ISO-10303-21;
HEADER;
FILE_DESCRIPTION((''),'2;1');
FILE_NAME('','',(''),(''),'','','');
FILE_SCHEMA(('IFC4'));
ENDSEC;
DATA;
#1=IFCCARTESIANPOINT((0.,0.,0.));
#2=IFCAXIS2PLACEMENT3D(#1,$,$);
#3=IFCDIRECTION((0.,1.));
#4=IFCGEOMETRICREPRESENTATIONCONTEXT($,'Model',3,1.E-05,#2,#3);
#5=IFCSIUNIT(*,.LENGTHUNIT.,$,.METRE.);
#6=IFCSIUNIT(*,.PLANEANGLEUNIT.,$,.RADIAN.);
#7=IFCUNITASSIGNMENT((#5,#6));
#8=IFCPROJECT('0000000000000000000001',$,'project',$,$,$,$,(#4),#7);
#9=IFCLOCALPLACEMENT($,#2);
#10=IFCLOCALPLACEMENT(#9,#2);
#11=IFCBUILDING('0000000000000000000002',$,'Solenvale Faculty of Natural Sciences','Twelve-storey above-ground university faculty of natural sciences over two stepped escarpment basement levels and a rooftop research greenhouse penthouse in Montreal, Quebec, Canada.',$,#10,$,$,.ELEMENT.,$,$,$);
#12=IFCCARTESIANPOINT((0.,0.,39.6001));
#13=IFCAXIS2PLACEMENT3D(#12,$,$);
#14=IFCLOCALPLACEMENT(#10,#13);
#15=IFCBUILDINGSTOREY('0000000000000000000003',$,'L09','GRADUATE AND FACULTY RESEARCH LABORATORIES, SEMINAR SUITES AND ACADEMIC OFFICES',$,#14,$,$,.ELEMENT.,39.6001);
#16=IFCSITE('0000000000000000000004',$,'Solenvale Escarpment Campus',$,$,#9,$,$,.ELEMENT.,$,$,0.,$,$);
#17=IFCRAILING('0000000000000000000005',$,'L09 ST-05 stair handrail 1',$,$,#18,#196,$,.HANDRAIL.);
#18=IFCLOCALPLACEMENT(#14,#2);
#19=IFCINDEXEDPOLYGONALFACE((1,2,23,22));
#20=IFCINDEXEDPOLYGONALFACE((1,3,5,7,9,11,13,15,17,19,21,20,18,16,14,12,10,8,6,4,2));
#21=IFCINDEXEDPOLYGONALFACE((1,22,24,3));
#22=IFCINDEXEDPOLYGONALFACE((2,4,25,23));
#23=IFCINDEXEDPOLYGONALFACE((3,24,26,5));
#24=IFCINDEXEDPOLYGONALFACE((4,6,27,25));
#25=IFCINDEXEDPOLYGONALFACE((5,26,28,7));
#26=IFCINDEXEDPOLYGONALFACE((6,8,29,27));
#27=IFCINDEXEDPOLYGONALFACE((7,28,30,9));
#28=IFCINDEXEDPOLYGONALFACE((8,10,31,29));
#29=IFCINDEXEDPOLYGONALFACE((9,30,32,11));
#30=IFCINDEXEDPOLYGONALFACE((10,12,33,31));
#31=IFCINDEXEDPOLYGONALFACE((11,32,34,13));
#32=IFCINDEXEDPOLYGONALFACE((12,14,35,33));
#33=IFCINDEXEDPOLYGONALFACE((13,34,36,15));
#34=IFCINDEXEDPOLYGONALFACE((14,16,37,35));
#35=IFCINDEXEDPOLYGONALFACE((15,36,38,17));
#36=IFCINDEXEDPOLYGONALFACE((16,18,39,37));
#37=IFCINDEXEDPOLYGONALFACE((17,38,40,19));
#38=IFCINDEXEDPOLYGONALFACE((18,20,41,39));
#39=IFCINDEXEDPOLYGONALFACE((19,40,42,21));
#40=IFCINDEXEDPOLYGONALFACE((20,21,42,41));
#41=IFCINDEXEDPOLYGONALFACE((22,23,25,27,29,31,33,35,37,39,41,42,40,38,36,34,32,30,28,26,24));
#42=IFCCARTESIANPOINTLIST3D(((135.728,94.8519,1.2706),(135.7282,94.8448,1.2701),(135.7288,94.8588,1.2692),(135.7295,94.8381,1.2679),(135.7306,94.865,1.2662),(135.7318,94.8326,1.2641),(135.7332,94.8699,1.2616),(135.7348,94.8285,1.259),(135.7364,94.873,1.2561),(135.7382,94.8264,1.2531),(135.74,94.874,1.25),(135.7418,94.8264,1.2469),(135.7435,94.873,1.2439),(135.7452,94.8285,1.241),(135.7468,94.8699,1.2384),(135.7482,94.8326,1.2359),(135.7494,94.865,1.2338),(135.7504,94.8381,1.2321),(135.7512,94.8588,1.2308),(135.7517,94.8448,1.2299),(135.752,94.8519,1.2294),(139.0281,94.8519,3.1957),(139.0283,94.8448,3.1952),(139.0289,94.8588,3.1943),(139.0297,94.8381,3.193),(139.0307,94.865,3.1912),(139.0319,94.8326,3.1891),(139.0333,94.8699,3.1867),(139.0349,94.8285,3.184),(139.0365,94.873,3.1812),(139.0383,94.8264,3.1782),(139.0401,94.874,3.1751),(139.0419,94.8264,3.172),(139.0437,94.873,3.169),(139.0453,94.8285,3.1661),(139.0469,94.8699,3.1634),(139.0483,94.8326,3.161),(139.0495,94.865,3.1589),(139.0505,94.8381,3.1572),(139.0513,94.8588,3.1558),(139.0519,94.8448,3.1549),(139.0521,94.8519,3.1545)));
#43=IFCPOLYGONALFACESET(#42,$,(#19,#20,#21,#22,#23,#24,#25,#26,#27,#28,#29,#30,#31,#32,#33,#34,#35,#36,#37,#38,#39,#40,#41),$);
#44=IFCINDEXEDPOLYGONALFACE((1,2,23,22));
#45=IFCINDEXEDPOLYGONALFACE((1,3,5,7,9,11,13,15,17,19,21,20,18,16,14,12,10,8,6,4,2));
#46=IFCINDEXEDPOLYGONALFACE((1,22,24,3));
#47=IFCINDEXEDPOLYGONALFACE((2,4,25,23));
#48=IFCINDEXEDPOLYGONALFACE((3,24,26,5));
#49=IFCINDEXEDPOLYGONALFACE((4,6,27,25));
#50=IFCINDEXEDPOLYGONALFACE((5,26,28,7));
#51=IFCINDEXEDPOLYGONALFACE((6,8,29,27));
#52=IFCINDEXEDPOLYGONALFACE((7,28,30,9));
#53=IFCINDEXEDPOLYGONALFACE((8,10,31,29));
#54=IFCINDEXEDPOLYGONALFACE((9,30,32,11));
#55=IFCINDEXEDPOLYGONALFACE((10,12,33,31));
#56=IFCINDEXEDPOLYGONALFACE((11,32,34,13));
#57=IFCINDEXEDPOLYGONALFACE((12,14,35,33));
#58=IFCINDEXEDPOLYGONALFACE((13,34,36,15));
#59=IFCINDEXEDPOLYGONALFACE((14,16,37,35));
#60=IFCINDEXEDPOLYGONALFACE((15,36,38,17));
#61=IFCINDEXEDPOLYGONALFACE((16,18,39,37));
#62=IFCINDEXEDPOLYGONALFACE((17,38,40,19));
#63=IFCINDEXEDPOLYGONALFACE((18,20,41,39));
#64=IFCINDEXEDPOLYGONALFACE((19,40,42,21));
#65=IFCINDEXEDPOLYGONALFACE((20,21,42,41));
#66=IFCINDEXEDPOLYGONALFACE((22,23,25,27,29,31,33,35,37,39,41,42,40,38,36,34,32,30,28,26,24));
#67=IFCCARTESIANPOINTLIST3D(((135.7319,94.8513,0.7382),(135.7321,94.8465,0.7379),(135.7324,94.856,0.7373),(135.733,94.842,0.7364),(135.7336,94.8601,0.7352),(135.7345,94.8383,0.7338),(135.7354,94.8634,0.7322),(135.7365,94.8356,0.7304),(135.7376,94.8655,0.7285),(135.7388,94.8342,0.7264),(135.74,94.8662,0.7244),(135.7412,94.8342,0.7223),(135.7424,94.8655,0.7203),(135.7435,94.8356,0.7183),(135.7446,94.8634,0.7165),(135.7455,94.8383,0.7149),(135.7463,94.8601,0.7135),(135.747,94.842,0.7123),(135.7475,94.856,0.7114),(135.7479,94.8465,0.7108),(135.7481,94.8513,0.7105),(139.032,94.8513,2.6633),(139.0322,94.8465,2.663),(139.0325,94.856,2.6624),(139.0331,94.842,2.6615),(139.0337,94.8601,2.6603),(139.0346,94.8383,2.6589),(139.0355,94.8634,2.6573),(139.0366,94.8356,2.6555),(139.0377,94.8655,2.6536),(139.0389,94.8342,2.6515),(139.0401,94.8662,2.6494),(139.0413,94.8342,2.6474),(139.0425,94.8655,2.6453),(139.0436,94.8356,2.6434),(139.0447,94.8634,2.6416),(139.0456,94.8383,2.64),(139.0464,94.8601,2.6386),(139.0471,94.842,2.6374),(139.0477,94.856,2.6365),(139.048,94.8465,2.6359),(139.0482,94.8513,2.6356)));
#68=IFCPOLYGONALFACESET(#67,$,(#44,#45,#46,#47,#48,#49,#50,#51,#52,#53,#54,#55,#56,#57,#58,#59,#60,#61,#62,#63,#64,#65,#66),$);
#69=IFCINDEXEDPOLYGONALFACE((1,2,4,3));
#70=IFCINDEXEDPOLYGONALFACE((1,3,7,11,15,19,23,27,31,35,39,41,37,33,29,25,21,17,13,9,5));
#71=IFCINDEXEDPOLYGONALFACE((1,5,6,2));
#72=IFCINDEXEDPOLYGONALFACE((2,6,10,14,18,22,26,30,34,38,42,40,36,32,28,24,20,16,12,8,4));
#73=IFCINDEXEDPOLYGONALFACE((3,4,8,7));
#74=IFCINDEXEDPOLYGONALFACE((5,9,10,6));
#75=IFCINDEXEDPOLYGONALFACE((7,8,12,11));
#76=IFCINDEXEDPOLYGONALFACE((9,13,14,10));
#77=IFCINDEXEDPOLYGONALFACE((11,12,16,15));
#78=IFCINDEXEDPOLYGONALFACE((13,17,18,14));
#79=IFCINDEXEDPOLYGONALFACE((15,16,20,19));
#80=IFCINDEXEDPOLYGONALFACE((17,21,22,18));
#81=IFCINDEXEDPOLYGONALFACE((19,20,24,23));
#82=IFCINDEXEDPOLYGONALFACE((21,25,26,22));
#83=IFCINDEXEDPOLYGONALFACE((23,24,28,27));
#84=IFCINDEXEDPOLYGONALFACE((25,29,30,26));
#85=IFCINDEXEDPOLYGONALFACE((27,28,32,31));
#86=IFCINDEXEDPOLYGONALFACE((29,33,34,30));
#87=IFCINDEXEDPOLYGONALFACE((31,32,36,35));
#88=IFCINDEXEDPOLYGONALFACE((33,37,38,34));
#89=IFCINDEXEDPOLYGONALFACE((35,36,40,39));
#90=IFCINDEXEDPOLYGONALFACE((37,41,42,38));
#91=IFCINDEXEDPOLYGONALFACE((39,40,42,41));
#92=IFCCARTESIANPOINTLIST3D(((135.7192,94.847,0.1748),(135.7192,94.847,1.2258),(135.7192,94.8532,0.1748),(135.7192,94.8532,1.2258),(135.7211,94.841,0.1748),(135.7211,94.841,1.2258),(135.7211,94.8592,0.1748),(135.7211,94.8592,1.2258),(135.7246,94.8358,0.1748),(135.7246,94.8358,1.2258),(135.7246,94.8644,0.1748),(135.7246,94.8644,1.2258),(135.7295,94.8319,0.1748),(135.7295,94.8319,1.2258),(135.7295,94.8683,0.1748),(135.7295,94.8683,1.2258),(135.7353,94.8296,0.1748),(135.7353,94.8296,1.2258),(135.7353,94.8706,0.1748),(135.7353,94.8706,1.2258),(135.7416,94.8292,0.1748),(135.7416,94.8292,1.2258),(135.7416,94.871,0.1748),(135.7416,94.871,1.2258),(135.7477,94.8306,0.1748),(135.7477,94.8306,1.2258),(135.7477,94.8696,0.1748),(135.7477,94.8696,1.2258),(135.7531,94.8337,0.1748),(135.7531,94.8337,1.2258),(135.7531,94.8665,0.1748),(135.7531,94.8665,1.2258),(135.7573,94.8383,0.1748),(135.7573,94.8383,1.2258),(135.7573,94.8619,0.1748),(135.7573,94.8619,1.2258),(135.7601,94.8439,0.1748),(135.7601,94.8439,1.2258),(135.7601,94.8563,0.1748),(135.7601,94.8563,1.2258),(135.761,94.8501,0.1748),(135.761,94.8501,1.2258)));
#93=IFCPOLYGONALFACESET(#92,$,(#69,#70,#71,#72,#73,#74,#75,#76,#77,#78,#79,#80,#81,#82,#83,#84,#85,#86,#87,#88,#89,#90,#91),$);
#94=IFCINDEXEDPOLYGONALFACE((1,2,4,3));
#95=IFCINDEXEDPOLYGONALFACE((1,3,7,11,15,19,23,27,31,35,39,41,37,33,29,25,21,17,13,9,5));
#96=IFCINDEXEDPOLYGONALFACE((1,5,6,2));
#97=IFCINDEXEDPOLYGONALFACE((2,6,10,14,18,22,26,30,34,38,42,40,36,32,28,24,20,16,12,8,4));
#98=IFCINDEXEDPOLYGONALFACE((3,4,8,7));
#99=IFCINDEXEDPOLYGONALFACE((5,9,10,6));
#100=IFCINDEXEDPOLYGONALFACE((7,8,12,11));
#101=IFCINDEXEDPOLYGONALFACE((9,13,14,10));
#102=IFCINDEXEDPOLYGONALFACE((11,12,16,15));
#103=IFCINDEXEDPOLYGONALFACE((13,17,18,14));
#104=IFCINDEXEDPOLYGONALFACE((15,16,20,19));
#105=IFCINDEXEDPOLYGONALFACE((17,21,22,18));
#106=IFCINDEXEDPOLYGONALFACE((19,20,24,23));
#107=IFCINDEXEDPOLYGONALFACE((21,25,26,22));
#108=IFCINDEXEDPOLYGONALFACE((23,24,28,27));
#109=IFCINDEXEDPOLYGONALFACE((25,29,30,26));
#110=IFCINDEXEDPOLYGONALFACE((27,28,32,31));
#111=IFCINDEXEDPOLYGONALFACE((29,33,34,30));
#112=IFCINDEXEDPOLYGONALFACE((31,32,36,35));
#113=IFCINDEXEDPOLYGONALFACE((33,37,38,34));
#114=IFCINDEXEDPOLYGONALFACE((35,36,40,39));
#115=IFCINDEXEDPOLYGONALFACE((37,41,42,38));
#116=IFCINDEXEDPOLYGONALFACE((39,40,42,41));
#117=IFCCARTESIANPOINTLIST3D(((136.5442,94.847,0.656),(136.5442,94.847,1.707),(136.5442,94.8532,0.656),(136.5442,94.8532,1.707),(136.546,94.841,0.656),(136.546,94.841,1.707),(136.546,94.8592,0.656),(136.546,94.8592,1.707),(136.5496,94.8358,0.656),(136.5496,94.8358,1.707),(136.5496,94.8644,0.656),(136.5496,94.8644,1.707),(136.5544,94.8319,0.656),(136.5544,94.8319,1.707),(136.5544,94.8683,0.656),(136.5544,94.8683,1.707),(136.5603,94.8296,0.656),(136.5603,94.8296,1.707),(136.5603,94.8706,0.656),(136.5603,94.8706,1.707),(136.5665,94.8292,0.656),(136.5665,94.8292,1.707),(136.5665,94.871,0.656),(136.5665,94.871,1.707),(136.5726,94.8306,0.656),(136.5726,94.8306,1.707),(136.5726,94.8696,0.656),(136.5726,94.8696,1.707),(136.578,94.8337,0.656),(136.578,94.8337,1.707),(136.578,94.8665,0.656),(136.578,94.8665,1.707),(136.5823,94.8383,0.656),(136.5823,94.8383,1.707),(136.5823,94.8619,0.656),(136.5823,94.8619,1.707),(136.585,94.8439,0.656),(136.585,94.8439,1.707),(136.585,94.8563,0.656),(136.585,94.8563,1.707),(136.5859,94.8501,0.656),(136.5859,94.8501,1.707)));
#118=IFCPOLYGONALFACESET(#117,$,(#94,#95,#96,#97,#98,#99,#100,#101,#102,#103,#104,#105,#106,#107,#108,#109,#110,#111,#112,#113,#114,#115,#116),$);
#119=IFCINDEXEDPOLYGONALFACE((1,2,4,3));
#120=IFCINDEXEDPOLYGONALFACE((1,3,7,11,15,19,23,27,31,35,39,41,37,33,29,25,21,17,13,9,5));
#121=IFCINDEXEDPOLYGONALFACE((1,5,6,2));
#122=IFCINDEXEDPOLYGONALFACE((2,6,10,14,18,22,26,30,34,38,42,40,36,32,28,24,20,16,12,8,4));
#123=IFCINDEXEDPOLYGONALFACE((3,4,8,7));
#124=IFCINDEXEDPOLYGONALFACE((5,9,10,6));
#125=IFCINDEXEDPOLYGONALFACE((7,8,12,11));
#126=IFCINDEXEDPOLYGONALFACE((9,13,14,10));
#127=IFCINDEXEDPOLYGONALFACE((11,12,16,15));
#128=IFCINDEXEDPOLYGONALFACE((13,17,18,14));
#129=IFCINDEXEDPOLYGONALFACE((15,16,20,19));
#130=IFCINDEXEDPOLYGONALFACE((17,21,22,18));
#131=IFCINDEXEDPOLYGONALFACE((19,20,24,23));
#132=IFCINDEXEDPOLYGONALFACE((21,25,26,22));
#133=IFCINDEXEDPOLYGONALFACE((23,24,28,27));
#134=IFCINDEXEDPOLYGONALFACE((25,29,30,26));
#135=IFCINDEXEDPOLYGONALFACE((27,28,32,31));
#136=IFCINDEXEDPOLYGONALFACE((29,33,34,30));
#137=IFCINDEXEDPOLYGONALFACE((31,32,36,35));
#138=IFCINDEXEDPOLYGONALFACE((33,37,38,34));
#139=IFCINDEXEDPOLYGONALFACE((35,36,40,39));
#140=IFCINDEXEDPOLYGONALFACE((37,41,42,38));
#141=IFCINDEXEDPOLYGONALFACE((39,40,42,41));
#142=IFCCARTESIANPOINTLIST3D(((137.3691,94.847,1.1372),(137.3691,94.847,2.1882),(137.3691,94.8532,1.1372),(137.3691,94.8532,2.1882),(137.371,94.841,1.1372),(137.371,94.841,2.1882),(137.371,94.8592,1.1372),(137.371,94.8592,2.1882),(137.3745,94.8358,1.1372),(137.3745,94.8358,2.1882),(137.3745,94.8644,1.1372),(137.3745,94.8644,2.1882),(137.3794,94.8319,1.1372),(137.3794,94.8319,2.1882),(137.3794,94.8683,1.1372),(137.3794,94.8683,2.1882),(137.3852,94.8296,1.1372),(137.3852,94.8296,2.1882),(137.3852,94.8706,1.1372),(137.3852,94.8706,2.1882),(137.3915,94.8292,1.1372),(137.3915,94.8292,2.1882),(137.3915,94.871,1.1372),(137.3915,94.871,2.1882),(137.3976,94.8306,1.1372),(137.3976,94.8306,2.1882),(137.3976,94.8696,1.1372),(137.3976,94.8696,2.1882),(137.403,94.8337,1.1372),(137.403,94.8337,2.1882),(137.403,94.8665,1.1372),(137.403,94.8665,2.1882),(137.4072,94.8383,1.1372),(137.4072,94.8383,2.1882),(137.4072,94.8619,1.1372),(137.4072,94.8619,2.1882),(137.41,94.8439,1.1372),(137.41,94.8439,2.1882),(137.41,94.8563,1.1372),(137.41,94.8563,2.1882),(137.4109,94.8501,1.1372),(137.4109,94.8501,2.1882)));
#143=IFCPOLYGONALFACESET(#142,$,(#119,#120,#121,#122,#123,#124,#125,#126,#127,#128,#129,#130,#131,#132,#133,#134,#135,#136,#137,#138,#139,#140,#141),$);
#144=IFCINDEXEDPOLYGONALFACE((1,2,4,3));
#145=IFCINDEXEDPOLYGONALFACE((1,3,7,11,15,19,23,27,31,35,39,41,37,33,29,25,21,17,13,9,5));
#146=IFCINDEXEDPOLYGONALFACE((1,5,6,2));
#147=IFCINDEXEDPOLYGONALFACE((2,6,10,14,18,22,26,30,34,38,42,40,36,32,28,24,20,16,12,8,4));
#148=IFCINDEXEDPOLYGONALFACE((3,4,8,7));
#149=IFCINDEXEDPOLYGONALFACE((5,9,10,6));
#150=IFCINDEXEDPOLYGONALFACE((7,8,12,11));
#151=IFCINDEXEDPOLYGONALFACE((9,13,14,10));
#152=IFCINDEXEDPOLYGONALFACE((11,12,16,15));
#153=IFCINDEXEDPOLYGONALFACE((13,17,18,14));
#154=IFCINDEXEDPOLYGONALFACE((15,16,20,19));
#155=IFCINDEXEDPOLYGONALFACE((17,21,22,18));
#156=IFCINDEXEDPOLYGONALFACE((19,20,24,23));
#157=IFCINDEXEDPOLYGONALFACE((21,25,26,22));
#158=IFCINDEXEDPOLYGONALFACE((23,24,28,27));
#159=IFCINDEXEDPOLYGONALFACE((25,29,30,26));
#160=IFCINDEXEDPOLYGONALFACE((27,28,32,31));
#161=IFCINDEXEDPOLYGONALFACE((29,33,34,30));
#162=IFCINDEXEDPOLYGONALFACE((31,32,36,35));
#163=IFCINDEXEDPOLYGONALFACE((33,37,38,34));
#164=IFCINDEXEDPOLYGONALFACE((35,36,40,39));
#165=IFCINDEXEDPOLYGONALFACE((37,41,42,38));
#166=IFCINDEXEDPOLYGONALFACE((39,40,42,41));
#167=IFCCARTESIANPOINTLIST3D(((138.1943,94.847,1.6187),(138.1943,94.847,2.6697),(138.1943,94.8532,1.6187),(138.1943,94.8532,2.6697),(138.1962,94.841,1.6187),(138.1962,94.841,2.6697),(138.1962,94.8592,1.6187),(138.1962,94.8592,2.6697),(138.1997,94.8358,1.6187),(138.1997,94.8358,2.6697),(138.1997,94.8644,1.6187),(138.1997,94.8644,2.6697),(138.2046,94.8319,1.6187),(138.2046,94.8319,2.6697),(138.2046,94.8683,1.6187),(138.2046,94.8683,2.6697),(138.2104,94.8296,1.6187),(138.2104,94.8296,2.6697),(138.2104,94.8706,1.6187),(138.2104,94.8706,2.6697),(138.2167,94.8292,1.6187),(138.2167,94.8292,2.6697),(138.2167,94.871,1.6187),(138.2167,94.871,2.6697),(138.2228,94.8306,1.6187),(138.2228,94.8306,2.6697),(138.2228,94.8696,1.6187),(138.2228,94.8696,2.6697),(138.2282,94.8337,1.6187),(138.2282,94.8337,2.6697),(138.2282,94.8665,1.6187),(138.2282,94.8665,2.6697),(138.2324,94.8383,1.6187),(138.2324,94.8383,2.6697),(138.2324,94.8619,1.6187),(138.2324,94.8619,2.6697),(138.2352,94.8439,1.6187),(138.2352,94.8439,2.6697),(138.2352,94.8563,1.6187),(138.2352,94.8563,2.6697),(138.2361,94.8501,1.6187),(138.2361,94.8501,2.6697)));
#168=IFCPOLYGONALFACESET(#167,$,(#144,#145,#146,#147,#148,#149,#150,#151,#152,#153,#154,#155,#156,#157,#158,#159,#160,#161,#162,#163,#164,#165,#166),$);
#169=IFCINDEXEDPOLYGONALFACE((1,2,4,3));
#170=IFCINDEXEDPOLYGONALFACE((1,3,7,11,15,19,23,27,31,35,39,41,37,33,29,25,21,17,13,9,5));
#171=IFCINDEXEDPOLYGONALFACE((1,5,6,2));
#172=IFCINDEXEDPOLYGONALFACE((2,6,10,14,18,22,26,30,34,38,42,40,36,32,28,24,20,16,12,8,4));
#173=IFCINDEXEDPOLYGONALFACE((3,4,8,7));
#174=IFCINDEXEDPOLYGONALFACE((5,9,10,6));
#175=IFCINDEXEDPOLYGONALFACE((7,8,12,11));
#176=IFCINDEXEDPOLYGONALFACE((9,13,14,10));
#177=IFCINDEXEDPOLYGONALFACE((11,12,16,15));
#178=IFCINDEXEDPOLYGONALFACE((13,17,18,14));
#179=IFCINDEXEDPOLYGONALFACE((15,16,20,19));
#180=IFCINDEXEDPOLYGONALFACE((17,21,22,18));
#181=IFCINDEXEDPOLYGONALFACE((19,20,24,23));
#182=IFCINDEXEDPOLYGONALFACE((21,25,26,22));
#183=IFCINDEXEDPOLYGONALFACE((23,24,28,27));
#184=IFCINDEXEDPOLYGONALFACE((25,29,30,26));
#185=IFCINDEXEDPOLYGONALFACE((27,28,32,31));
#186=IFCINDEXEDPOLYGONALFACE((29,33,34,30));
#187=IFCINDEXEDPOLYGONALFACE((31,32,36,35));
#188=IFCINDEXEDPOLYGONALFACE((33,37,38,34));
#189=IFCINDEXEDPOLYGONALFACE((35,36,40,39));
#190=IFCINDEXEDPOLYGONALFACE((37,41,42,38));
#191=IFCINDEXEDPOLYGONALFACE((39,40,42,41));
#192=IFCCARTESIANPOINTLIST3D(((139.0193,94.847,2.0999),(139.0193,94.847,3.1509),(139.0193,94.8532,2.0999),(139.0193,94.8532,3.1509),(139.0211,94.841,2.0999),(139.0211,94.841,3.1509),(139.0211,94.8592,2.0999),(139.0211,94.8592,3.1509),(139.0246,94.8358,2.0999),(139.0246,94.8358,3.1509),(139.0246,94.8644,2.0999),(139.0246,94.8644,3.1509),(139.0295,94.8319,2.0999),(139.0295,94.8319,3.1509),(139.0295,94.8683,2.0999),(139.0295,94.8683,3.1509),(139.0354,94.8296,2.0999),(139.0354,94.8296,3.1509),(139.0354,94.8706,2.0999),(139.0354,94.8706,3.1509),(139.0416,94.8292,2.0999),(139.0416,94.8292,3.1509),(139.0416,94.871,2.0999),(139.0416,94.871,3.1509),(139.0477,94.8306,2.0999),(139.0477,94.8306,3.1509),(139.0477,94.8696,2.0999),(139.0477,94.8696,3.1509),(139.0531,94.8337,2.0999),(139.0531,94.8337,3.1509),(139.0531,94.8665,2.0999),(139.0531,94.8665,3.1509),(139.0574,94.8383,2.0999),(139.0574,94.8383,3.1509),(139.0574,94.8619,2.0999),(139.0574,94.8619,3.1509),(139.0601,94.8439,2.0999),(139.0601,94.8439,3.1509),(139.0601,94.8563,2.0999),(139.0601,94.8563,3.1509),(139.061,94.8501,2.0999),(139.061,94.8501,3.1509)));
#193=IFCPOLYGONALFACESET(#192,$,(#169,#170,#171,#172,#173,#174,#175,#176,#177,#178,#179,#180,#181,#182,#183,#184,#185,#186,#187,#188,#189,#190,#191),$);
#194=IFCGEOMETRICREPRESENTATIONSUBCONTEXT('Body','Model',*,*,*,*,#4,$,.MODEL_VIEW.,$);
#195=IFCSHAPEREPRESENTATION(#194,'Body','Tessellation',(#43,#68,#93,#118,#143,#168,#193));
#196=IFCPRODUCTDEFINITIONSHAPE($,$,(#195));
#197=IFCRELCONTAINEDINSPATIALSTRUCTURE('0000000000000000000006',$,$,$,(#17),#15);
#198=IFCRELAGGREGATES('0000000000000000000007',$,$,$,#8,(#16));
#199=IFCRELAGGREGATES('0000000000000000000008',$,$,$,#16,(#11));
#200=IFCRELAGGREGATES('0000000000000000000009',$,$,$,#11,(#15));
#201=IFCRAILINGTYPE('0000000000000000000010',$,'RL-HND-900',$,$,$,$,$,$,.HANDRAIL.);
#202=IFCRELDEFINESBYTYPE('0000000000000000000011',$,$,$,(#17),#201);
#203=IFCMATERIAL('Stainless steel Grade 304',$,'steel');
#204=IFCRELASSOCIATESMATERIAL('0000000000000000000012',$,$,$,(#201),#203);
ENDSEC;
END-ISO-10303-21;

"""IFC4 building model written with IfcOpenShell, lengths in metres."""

from ifc_helpers import new_model, si_unit, direction, frame, origin, origin_2d, place, context, subcontext, project, spatial, circle, extrude, material, type_object, element, save


model = new_model("IFC4")

# Units and contexts
model_context = context("Model", 3, precision=1e-05, world=origin(), true_north=direction((0.0, 1.0)))
body_context = subcontext(model_context, "Body", "Model", "MODEL_VIEW")
ifc_project = project(units=[si_unit("LENGTHUNIT", "METRE"), si_unit("PLANEANGLEUNIT", "RADIAN")], contexts=[model_context])

# Site, building, storey
site_placement = place(None, origin())
site = spatial("IfcSite", under=ifc_project, at=site_placement, Name="Solenvale Escarpment Campus", CompositionType="ELEMENT", RefElevation=0.0)
building_placement = place(site_placement, origin())
building = spatial("IfcBuilding", under=site, at=building_placement, Name="Solenvale Faculty of Natural Sciences", Description="Twelve-storey above-ground university faculty of natural sciences over two stepped escarpment basement levels and a rooftop research greenhouse penthouse in Montreal, Quebec, Canada.", CompositionType="ELEMENT")
storey_placement = place(building_placement, frame((0.0, 0.0, 39.6001)))
storey = spatial("IfcBuildingStorey", under=building, at=storey_placement, Name="L09", Description="GRADUATE AND FACULTY RESEARCH LABORATORIES, SEMINAR SUITES AND ACADEMIC OFFICES", CompositionType="ELEMENT", Elevation=39.6001)

# Railing
ifc_material_1 = material(Name="Stainless steel Grade 304", Category="steel")
railing_type_1 = type_object("IfcRailingType", Name="RL-HND-900", PredefinedType="HANDRAIL", material=ifc_material_1)
railing_1_placement = place(storey_placement, frame((135.74, 94.8501, 0.1748)))
element("IfcRailing", 1, at=railing_1_placement, inside=storey, type_object=railing_type_1, Name="L09 ST-05 stair handrail 1", PredefinedType="HANDRAIL", context=body_context, shape_type="SweptSolid", body=[
    extrude(circle(Radius=0.0239, at=origin_2d()), frame((0.0, 0.0, 1.0752), z_axis=(0.863777, 0.0, 0.503875), x_axis=(0.0, 1.0, 0.0)), (0.0, 0.0, 1.0), 3.8206),
    extrude(circle(Radius=0.0161, at=origin_2d()), frame((0.0, 0.0, 0.5496), z_axis=(0.863777, 0.0, 0.503875), x_axis=(0.0, 1.0, 0.0)), (0.0, 0.0, 1.0), 3.8206),
    extrude(circle(Radius=0.021, at=origin_2d()), origin(), (0.0, 0.0, 1.0), 1.051),
    extrude(circle(Radius=0.021, at=origin_2d()), frame((0.825, 0.0, 0.4812)), (0.0, 0.0, 1.0), 1.051),
    extrude(circle(Radius=0.021, at=origin_2d()), frame((1.6499, 0.0, 0.9624)), (0.0, 0.0, 1.0), 1.051),
    extrude(circle(Radius=0.021, at=origin_2d()), frame((2.4751, 0.0, 1.4438)), (0.0, 0.0, 1.0), 1.051),
    extrude(circle(Radius=0.021, at=origin_2d()), frame((3.3, 0.0, 1.925)), (0.0, 0.0, 1.0), 1.051),
])

save(model, "model.ifc")
